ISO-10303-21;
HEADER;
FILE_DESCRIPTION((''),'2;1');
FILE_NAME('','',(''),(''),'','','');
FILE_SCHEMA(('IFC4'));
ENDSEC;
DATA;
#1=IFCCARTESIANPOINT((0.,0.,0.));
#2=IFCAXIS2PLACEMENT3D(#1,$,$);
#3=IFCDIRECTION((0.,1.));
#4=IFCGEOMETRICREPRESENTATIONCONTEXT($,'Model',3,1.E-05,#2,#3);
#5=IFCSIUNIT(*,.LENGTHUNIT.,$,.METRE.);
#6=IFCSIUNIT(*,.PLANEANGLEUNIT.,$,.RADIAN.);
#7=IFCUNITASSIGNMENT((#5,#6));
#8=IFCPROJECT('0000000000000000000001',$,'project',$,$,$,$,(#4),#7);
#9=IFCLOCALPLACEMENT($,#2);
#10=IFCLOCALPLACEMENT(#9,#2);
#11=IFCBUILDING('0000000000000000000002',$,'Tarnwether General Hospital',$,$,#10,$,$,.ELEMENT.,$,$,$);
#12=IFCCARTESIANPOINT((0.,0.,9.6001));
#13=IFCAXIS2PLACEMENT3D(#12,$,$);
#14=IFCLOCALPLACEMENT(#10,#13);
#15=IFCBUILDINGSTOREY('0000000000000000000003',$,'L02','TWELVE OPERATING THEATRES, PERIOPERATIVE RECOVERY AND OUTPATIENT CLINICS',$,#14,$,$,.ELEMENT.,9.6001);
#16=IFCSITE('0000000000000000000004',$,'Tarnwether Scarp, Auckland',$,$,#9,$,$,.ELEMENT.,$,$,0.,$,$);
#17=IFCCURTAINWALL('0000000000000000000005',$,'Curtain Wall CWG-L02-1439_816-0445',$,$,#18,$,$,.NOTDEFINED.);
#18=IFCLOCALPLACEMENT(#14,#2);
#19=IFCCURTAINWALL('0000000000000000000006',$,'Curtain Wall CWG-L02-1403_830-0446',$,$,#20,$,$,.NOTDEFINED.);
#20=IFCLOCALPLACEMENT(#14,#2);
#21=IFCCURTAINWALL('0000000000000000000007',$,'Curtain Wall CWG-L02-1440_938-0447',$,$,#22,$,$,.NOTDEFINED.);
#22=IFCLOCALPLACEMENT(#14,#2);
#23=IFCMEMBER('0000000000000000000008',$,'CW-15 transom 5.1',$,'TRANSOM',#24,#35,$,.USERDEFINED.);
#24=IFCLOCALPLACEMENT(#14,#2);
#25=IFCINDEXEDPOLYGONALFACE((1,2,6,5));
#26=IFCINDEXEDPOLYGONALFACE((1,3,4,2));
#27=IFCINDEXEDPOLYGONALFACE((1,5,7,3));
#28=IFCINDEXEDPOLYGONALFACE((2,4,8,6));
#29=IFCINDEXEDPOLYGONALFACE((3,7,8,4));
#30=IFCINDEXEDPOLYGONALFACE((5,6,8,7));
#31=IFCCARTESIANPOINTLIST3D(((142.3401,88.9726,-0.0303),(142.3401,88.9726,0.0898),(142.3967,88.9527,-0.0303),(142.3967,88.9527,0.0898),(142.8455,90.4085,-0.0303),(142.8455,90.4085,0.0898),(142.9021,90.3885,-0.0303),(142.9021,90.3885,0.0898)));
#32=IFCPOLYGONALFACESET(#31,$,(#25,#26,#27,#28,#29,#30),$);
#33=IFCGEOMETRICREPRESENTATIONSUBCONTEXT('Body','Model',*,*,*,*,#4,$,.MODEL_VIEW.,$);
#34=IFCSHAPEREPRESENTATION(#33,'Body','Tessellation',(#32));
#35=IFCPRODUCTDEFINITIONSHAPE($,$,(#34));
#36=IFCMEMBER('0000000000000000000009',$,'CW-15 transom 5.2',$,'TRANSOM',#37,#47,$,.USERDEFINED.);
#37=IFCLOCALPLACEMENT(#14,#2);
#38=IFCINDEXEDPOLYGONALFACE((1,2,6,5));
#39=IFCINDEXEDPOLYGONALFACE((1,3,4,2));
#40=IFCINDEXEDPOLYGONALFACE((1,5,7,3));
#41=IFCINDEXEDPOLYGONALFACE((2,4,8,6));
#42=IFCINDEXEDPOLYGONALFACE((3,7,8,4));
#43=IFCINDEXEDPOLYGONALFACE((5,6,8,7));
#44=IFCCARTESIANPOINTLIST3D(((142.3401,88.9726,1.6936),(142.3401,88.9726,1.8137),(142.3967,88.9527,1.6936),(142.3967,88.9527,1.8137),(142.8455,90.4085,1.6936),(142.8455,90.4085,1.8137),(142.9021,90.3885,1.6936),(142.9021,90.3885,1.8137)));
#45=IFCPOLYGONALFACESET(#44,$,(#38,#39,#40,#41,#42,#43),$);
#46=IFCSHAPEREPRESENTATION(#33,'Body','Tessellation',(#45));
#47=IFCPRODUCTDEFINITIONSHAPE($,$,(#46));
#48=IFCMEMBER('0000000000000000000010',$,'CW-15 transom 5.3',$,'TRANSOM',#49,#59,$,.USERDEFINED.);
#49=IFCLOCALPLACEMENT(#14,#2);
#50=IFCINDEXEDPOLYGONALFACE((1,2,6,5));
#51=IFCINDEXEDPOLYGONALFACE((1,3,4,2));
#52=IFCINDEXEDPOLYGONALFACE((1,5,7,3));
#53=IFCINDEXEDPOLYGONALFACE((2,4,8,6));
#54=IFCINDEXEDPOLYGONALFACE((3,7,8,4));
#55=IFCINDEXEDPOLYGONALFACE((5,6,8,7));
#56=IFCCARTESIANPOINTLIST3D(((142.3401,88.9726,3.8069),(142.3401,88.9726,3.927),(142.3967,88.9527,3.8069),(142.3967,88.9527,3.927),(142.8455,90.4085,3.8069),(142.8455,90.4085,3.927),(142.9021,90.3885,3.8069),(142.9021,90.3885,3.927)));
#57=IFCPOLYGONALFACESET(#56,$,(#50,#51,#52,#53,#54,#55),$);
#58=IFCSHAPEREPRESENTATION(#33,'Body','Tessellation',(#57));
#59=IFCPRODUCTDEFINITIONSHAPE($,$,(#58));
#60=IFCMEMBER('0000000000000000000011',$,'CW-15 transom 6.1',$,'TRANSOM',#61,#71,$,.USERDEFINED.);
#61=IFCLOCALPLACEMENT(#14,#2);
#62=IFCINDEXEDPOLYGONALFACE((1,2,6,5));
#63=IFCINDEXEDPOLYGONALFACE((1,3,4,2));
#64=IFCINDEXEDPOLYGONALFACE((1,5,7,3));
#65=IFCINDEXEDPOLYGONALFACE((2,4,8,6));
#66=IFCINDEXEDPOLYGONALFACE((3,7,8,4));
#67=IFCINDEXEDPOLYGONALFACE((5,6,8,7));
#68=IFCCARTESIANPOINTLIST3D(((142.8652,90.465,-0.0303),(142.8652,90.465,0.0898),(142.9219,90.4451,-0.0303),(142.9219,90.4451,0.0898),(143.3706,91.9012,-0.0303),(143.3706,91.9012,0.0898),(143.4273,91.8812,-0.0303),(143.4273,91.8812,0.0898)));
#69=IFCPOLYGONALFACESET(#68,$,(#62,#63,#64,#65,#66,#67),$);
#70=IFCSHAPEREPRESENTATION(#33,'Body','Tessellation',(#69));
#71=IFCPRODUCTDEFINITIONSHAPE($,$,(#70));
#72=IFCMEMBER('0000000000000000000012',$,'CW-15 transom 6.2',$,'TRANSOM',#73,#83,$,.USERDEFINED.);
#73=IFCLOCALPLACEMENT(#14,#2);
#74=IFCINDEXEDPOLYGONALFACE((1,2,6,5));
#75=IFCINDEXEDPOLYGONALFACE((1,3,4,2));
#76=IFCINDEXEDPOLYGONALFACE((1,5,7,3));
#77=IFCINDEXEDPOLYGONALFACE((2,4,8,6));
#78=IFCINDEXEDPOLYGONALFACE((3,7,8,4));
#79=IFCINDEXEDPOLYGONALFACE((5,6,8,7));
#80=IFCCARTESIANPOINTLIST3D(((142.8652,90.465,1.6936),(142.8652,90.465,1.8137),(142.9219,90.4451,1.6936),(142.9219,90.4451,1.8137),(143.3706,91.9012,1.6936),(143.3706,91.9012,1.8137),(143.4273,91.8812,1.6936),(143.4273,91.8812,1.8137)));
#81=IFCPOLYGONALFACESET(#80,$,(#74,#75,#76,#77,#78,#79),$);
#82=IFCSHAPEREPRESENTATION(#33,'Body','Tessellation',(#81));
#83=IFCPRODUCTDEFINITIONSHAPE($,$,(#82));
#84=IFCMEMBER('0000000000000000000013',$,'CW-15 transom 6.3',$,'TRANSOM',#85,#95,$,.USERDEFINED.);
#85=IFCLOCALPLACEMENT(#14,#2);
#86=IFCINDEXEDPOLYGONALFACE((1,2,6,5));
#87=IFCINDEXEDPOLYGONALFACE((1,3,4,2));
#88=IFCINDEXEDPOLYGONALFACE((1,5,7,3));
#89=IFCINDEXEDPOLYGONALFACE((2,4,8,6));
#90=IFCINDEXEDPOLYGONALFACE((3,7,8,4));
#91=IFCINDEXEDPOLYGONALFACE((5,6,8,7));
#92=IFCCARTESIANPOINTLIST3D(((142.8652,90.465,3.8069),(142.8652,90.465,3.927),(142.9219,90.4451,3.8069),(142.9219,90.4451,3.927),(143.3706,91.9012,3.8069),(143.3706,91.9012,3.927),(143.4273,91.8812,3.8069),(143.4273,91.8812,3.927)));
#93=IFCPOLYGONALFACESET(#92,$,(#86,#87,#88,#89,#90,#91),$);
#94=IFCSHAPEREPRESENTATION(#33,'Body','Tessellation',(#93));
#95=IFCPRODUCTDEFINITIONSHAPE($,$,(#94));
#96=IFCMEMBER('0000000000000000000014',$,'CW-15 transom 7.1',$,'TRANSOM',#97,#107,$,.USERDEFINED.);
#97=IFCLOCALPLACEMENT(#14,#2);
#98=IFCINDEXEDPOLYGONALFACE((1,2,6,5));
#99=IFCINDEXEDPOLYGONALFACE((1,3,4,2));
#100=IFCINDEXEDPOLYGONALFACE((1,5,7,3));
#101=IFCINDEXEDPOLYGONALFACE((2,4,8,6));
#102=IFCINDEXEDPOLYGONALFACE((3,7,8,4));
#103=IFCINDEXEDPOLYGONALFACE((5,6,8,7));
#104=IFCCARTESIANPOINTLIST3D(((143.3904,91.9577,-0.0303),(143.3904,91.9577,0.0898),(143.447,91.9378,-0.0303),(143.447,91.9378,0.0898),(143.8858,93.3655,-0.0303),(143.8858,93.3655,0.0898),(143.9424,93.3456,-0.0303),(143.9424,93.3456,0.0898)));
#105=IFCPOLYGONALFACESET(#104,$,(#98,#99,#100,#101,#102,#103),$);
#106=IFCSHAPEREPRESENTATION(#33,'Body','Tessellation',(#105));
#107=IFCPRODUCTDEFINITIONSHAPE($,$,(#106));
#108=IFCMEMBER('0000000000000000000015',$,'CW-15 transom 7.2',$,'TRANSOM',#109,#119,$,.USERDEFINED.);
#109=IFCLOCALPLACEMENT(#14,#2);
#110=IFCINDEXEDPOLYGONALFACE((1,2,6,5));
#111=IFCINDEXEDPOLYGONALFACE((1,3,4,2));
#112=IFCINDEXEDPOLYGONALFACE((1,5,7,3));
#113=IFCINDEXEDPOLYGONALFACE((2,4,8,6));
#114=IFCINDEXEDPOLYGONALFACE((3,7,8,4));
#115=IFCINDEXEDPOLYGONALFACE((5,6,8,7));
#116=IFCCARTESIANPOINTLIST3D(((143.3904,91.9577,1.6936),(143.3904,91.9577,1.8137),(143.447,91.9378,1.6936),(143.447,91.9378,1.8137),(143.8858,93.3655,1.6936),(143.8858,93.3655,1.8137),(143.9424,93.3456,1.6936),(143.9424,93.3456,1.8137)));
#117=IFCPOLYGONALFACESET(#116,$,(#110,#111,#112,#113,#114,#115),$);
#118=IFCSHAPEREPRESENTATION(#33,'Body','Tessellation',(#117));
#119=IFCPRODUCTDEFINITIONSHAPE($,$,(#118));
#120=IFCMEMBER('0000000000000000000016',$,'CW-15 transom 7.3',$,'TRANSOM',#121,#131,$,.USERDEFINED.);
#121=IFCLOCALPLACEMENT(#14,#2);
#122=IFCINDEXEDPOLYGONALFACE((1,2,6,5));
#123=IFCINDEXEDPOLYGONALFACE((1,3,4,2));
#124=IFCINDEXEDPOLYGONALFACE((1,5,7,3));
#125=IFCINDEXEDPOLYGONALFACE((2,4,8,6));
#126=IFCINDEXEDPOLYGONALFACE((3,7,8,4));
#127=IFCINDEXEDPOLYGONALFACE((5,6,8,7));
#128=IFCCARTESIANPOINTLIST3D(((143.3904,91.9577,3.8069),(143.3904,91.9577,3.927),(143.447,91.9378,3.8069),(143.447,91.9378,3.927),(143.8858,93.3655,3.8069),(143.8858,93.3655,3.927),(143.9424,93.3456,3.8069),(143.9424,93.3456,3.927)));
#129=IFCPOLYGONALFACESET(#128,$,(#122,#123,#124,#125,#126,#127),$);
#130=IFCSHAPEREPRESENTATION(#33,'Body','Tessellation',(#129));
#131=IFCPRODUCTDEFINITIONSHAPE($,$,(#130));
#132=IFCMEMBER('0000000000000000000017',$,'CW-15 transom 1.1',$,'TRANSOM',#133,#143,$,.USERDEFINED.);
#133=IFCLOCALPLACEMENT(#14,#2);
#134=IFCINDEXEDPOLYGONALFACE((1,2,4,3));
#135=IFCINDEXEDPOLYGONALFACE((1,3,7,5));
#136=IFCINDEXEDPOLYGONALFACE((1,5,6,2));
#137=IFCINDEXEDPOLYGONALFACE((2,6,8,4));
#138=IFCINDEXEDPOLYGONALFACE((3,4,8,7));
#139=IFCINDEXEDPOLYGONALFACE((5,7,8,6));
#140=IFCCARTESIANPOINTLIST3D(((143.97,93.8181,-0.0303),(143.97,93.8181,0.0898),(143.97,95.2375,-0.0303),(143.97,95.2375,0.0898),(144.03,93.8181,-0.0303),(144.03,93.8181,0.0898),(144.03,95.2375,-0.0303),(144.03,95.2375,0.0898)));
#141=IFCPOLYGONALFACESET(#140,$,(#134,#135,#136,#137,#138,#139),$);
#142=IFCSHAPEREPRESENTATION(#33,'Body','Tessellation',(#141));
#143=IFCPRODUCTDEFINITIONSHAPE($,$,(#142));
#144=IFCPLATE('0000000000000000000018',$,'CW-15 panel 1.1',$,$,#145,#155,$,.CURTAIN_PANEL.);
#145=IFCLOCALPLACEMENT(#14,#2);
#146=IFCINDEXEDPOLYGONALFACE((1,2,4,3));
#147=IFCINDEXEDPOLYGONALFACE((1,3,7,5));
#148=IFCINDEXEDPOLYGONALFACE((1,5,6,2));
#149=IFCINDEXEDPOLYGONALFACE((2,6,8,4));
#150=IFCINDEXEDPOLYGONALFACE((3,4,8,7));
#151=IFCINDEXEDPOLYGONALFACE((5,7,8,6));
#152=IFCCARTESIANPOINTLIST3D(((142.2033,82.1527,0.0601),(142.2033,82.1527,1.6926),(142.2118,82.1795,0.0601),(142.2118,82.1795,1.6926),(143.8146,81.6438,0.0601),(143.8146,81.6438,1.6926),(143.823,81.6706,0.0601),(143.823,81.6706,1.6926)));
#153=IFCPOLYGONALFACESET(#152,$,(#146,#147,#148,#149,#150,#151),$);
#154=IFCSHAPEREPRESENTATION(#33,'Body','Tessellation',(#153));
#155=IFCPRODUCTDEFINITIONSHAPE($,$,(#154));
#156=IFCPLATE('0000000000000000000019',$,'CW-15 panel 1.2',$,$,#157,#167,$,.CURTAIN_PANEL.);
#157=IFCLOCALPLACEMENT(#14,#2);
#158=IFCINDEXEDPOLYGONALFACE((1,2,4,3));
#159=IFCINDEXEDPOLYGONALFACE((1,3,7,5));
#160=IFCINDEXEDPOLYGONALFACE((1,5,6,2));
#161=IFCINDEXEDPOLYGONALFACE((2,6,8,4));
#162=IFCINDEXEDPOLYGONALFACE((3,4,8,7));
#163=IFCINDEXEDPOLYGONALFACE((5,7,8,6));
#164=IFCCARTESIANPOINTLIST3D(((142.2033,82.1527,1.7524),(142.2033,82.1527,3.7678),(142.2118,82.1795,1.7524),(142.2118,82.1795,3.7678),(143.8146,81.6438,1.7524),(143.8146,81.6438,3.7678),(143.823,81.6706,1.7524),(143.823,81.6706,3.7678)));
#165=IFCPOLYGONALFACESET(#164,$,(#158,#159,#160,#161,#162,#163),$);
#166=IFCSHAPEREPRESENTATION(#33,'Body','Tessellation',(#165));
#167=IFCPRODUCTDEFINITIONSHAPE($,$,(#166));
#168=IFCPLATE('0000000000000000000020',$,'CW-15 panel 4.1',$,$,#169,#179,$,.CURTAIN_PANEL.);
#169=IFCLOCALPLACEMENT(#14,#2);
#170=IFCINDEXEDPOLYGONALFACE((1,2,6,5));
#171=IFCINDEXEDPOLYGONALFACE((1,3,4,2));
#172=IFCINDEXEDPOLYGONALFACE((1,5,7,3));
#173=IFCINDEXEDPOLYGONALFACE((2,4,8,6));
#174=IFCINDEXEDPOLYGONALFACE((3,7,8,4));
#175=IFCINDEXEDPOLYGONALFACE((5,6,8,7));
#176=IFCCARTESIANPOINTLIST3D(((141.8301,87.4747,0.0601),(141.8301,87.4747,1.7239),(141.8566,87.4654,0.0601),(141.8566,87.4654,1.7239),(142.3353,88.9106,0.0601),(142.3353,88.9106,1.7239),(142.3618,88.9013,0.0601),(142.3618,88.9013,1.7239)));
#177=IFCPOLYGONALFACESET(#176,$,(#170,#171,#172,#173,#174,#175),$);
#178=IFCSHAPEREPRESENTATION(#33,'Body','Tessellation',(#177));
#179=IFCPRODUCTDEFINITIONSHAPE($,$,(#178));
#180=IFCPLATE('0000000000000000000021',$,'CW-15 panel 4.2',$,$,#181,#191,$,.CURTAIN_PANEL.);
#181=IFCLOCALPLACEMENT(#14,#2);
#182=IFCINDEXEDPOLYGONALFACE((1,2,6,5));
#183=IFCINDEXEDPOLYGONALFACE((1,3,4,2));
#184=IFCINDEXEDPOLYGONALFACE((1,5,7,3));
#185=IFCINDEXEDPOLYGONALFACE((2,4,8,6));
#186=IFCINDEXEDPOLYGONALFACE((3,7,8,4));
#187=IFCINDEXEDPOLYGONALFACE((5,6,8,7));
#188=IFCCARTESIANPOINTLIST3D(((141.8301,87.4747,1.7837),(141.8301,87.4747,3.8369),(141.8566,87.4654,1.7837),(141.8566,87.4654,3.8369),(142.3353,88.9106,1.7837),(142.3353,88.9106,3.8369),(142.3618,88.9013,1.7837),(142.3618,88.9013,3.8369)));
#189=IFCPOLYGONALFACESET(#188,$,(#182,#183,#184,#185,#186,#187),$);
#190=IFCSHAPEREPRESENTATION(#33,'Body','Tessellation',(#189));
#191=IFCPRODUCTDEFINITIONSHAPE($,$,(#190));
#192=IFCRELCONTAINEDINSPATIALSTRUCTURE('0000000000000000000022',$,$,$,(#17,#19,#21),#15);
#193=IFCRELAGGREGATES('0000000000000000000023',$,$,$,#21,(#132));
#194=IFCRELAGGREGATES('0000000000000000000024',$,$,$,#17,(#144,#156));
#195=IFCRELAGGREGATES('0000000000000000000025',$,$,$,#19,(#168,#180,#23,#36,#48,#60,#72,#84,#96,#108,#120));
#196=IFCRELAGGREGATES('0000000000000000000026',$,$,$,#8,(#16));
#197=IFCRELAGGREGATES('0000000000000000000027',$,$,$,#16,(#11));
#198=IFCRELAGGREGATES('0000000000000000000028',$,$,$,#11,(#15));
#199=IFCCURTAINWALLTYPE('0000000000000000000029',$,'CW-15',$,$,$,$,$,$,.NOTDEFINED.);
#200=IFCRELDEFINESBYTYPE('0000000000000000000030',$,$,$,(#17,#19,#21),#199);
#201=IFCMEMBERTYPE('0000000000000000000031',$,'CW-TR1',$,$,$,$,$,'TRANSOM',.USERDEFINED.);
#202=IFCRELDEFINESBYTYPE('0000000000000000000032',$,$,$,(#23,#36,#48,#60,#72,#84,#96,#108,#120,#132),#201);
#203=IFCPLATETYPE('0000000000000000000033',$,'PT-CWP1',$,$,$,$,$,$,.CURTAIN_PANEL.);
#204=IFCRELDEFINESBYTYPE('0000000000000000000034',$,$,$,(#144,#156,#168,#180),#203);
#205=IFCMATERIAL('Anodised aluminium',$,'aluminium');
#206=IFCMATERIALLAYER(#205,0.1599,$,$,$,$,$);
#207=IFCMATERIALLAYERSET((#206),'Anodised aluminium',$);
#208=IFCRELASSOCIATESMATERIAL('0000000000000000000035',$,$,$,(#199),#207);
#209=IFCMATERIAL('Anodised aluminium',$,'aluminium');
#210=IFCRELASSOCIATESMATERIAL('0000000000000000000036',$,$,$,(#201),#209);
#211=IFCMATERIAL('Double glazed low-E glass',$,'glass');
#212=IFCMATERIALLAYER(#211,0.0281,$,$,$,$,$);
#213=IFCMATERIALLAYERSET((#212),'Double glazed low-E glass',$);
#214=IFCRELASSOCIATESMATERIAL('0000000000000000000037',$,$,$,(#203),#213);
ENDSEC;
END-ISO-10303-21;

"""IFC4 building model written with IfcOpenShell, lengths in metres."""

from ifc_helpers import new_model, si_unit, direction, frame, origin, origin_2d, place, context, subcontext, project, spatial, rectangle, extrude, material, layer, layer_set, material_profile, profile_set, type_object, element, aggregate, save


model = new_model("IFC4")

# Units and contexts
model_context = context("Model", 3, precision=1e-05, world=origin(), true_north=direction((0.0, 1.0)))
body_context = subcontext(model_context, "Body", "Model", "MODEL_VIEW")
ifc_project = project(units=[si_unit("LENGTHUNIT", "METRE"), si_unit("PLANEANGLEUNIT", "RADIAN")], contexts=[model_context])

# Site, building, storey
site_placement = place(None, origin())
site = spatial("IfcSite", under=ifc_project, at=site_placement, Name="Tarnwether Scarp, Auckland", CompositionType="ELEMENT", RefElevation=0.0)
building_placement = place(site_placement, origin())
building = spatial("IfcBuilding", under=site, at=building_placement, Name="Tarnwether General Hospital", CompositionType="ELEMENT")
storey_placement = place(building_placement, frame((0.0, 0.0, 9.6001)))
storey = spatial("IfcBuildingStorey", under=building, at=storey_placement, Name="L02", Description="TWELVE OPERATING THEATRES, PERIOPERATIVE RECOVERY AND OUTPATIENT CLINICS", CompositionType="ELEMENT", Elevation=9.6001)

# Curtain wall
ifc_material_1 = material(Name="Anodised aluminium", Category="aluminium")
ifc_layer_1 = layer(ifc_material_1, 0.1599)
ifc_layer_set_1 = layer_set([ifc_layer_1], Name="Anodised aluminium")
curtain_wall_type = type_object("IfcCurtainWallType", Name="CW-15", PredefinedType="NOTDEFINED", material=ifc_layer_set_1)
curtain_wall_1_placement = place(storey_placement, origin())
curtain_wall_1 = element("IfcCurtainWall", 1, at=curtain_wall_1_placement, inside=storey, type_object=curtain_wall_type, Name="Curtain Wall CWG-L02-1439_816-0445", PredefinedType="NOTDEFINED")

# Curtain wall
curtain_wall_2_placement = place(storey_placement, origin())
curtain_wall_2 = element("IfcCurtainWall", 2, at=curtain_wall_2_placement, inside=storey, type_object=curtain_wall_type, Name="Curtain Wall CWG-L02-1403_830-0446", PredefinedType="NOTDEFINED")

# Curtain wall
curtain_wall_3_placement = place(storey_placement, origin())
curtain_wall_3 = element("IfcCurtainWall", 3, at=curtain_wall_3_placement, inside=storey, type_object=curtain_wall_type, Name="Curtain Wall CWG-L02-1440_938-0447", PredefinedType="NOTDEFINED")

# Members
ifc_material_2 = material(Name="Anodised aluminium", Category="aluminium")
ifc_material_profile_1 = material_profile(ifc_material_2, rectangle(XDim=0.0601, YDim=0.1201, at=origin_2d()), Name="ALU-TRN-60x120")
ifc_profile_set_1 = profile_set([ifc_material_profile_1], Name="Anodised aluminium")
member_type_1 = type_object("IfcMemberType", Name="CW-TR1", ElementType="TRANSOM", PredefinedType="USERDEFINED", material=ifc_profile_set_1)
member_1_placement = place(storey_placement, frame((142.3684, 88.9626, 0.0298), z_axis=(0.332015, 0.943274, 0.0), x_axis=(-0.943274, 0.332015, 0.0)))
member_1 = element("IfcMember", 4, at=member_1_placement, type_object=member_type_1, Name="CW-15 transom 5.1", ObjectType="TRANSOM", PredefinedType="USERDEFINED", context=body_context, shape_type="SweptSolid", body=[
    extrude(rectangle(XDim=0.0601, YDim=0.1201, at=origin_2d()), origin(), (0.0, 0.0, 1.0), 1.5222),
])
member_2_placement = place(storey_placement, frame((142.3684, 88.9626, 1.7537), z_axis=(0.332015, 0.943274, 0.0), x_axis=(-0.943274, 0.332015, 0.0)))
member_2 = element("IfcMember", 5, at=member_2_placement, type_object=member_type_1, Name="CW-15 transom 5.2", ObjectType="TRANSOM", PredefinedType="USERDEFINED", context=body_context, shape_type="SweptSolid", body=[
    extrude(rectangle(XDim=0.0601, YDim=0.1201, at=origin_2d()), origin(), (0.0, 0.0, 1.0), 1.5222),
])
member_3_placement = place(storey_placement, frame((142.3684, 88.9626, 3.8669), z_axis=(0.332015, 0.943274, 0.0), x_axis=(-0.943274, 0.332015, 0.0)))
member_3 = element("IfcMember", 6, at=member_3_placement, type_object=member_type_1, Name="CW-15 transom 5.3", ObjectType="TRANSOM", PredefinedType="USERDEFINED", context=body_context, shape_type="SweptSolid", body=[
    extrude(rectangle(XDim=0.0601, YDim=0.1201, at=origin_2d()), origin(), (0.0, 0.0, 1.0), 1.5222),
])
member_4_placement = place(storey_placement, frame((142.8936, 90.4551, 0.0298), z_axis=(0.331964, 0.943292, 0.0), x_axis=(-0.943292, 0.331964, 0.0)))
member_4 = element("IfcMember", 7, at=member_4_placement, type_object=member_type_1, Name="CW-15 transom 6.1", ObjectType="TRANSOM", PredefinedType="USERDEFINED", context=body_context, shape_type="SweptSolid", body=[
    extrude(rectangle(XDim=0.0601, YDim=0.1201, at=origin_2d()), origin(), (0.0, 0.0, 1.0), 1.5225),
])
member_5_placement = place(storey_placement, frame((142.8936, 90.4551, 1.7537), z_axis=(0.331964, 0.943292, 0.0), x_axis=(-0.943292, 0.331964, 0.0)))
member_5 = element("IfcMember", 8, at=member_5_placement, type_object=member_type_1, Name="CW-15 transom 6.2", ObjectType="TRANSOM", PredefinedType="USERDEFINED", context=body_context, shape_type="SweptSolid", body=[
    extrude(rectangle(XDim=0.0601, YDim=0.1201, at=origin_2d()), origin(), (0.0, 0.0, 1.0), 1.5225),
])
member_6_placement = place(storey_placement, frame((142.8936, 90.4551, 3.8669), z_axis=(0.331964, 0.943292, 0.0), x_axis=(-0.943292, 0.331964, 0.0)))
member_6 = element("IfcMember", 9, at=member_6_placement, type_object=member_type_1, Name="CW-15 transom 6.3", ObjectType="TRANSOM", PredefinedType="USERDEFINED", context=body_context, shape_type="SweptSolid", body=[
    extrude(rectangle(XDim=0.0601, YDim=0.1201, at=origin_2d()), origin(), (0.0, 0.0, 1.0), 1.5225),
])
member_7_placement = place(storey_placement, frame((143.4187, 91.9478, 0.0298), z_axis=(0.331939, 0.943301, 0.0), x_axis=(-0.943301, 0.331939, 0.0)))
member_7 = element("IfcMember", 10, at=member_7_placement, type_object=member_type_1, Name="CW-15 transom 7.1", ObjectType="TRANSOM", PredefinedType="USERDEFINED", context=body_context, shape_type="SweptSolid", body=[
    extrude(rectangle(XDim=0.0601, YDim=0.1201, at=origin_2d()), origin(), (0.0, 0.0, 1.0), 1.4924),
])
member_8_placement = place(storey_placement, frame((143.4187, 91.9478, 1.7537), z_axis=(0.331939, 0.943301, 0.0), x_axis=(-0.943301, 0.331939, 0.0)))
member_8 = element("IfcMember", 11, at=member_8_placement, type_object=member_type_1, Name="CW-15 transom 7.2", ObjectType="TRANSOM", PredefinedType="USERDEFINED", context=body_context, shape_type="SweptSolid", body=[
    extrude(rectangle(XDim=0.0601, YDim=0.1201, at=origin_2d()), origin(), (0.0, 0.0, 1.0), 1.4924),
])
member_9_placement = place(storey_placement, frame((143.4187, 91.9478, 3.8669), z_axis=(0.331939, 0.943301, 0.0), x_axis=(-0.943301, 0.331939, 0.0)))
member_9 = element("IfcMember", 12, at=member_9_placement, type_object=member_type_1, Name="CW-15 transom 7.3", ObjectType="TRANSOM", PredefinedType="USERDEFINED", context=body_context, shape_type="SweptSolid", body=[
    extrude(rectangle(XDim=0.0601, YDim=0.1201, at=origin_2d()), origin(), (0.0, 0.0, 1.0), 1.4924),
])
member_10_placement = place(storey_placement, frame((144.0, 93.8181, 0.0298), z_axis=(0.0, 1.0, 0.0), x_axis=(-1.0, 0.0, 0.0)))
member_10 = element("IfcMember", 13, at=member_10_placement, type_object=member_type_1, Name="CW-15 transom 1.1", ObjectType="TRANSOM", PredefinedType="USERDEFINED", context=body_context, shape_type="SweptSolid", body=[
    extrude(rectangle(XDim=0.0601, YDim=0.1201, at=origin_2d()), origin(), (0.0, 0.0, 1.0), 1.4194),
])
aggregate(curtain_wall_3, [member_10])

# Plates
ifc_material_3 = material(Name="Double glazed low-E glass", Category="glass")
ifc_layer_2 = layer(ifc_material_3, 0.0281)
ifc_layer_set_2 = layer_set([ifc_layer_2], Name="Double glazed low-E glass")
plate_type_1 = type_object("IfcPlateType", Name="PT-CWP1", PredefinedType="CURTAIN_PANEL", material=ifc_layer_set_2)
plate_1_placement = place(storey_placement, frame((143.0132, 81.9116, 0.0601), z_axis=(0.0, 0.0, 1.0), x_axis=(-0.953566, 0.301185, 0.0)))
plate_1 = element("IfcPlate", 14, at=plate_1_placement, type_object=plate_type_1, Name="CW-15 panel 1.1", PredefinedType="CURTAIN_PANEL", context=body_context, shape_type="SweptSolid", body=[
    extrude(rectangle(XDim=1.6897, YDim=0.0281, at=origin_2d()), origin(), (0.0, 0.0, 1.0), 1.6326),
])
plate_2_placement = place(storey_placement, frame((143.0132, 81.9116, 1.7524), z_axis=(0.0, 0.0, 1.0), x_axis=(-0.953566, 0.301185, 0.0)))
plate_2 = element("IfcPlate", 15, at=plate_2_placement, type_object=plate_type_1, Name="CW-15 panel 1.2", PredefinedType="CURTAIN_PANEL", context=body_context, shape_type="SweptSolid", body=[
    extrude(rectangle(XDim=1.6897, YDim=0.0281, at=origin_2d()), origin(), (0.0, 0.0, 1.0), 2.0154),
])
aggregate(curtain_wall_1, [plate_1, plate_2])
plate_3_placement = place(storey_placement, frame((142.0959, 88.188, 0.0601), z_axis=(0.0, 0.0, 1.0), x_axis=(0.331894, 0.943317, 0.0)))
plate_3 = element("IfcPlate", 16, at=plate_3_placement, type_object=plate_type_1, Name="CW-15 panel 4.1", PredefinedType="CURTAIN_PANEL", context=body_context, shape_type="SweptSolid", body=[
    extrude(rectangle(XDim=1.5222, YDim=0.0281, at=origin_2d()), origin(), (0.0, 0.0, 1.0), 1.6638),
])
plate_4_placement = place(storey_placement, frame((142.0959, 88.188, 1.7837), z_axis=(0.0, 0.0, 1.0), x_axis=(0.331894, 0.943317, 0.0)))
plate_4 = element("IfcPlate", 17, at=plate_4_placement, type_object=plate_type_1, Name="CW-15 panel 4.2", PredefinedType="CURTAIN_PANEL", context=body_context, shape_type="SweptSolid", body=[
    extrude(rectangle(XDim=1.5222, YDim=0.0281, at=origin_2d()), origin(), (0.0, 0.0, 1.0), 2.0532),
])
aggregate(curtain_wall_2, [plate_3, plate_4, member_1, member_2, member_3, member_4, member_5, member_6, member_7, member_8, member_9])

save(model, "model.ifc")
